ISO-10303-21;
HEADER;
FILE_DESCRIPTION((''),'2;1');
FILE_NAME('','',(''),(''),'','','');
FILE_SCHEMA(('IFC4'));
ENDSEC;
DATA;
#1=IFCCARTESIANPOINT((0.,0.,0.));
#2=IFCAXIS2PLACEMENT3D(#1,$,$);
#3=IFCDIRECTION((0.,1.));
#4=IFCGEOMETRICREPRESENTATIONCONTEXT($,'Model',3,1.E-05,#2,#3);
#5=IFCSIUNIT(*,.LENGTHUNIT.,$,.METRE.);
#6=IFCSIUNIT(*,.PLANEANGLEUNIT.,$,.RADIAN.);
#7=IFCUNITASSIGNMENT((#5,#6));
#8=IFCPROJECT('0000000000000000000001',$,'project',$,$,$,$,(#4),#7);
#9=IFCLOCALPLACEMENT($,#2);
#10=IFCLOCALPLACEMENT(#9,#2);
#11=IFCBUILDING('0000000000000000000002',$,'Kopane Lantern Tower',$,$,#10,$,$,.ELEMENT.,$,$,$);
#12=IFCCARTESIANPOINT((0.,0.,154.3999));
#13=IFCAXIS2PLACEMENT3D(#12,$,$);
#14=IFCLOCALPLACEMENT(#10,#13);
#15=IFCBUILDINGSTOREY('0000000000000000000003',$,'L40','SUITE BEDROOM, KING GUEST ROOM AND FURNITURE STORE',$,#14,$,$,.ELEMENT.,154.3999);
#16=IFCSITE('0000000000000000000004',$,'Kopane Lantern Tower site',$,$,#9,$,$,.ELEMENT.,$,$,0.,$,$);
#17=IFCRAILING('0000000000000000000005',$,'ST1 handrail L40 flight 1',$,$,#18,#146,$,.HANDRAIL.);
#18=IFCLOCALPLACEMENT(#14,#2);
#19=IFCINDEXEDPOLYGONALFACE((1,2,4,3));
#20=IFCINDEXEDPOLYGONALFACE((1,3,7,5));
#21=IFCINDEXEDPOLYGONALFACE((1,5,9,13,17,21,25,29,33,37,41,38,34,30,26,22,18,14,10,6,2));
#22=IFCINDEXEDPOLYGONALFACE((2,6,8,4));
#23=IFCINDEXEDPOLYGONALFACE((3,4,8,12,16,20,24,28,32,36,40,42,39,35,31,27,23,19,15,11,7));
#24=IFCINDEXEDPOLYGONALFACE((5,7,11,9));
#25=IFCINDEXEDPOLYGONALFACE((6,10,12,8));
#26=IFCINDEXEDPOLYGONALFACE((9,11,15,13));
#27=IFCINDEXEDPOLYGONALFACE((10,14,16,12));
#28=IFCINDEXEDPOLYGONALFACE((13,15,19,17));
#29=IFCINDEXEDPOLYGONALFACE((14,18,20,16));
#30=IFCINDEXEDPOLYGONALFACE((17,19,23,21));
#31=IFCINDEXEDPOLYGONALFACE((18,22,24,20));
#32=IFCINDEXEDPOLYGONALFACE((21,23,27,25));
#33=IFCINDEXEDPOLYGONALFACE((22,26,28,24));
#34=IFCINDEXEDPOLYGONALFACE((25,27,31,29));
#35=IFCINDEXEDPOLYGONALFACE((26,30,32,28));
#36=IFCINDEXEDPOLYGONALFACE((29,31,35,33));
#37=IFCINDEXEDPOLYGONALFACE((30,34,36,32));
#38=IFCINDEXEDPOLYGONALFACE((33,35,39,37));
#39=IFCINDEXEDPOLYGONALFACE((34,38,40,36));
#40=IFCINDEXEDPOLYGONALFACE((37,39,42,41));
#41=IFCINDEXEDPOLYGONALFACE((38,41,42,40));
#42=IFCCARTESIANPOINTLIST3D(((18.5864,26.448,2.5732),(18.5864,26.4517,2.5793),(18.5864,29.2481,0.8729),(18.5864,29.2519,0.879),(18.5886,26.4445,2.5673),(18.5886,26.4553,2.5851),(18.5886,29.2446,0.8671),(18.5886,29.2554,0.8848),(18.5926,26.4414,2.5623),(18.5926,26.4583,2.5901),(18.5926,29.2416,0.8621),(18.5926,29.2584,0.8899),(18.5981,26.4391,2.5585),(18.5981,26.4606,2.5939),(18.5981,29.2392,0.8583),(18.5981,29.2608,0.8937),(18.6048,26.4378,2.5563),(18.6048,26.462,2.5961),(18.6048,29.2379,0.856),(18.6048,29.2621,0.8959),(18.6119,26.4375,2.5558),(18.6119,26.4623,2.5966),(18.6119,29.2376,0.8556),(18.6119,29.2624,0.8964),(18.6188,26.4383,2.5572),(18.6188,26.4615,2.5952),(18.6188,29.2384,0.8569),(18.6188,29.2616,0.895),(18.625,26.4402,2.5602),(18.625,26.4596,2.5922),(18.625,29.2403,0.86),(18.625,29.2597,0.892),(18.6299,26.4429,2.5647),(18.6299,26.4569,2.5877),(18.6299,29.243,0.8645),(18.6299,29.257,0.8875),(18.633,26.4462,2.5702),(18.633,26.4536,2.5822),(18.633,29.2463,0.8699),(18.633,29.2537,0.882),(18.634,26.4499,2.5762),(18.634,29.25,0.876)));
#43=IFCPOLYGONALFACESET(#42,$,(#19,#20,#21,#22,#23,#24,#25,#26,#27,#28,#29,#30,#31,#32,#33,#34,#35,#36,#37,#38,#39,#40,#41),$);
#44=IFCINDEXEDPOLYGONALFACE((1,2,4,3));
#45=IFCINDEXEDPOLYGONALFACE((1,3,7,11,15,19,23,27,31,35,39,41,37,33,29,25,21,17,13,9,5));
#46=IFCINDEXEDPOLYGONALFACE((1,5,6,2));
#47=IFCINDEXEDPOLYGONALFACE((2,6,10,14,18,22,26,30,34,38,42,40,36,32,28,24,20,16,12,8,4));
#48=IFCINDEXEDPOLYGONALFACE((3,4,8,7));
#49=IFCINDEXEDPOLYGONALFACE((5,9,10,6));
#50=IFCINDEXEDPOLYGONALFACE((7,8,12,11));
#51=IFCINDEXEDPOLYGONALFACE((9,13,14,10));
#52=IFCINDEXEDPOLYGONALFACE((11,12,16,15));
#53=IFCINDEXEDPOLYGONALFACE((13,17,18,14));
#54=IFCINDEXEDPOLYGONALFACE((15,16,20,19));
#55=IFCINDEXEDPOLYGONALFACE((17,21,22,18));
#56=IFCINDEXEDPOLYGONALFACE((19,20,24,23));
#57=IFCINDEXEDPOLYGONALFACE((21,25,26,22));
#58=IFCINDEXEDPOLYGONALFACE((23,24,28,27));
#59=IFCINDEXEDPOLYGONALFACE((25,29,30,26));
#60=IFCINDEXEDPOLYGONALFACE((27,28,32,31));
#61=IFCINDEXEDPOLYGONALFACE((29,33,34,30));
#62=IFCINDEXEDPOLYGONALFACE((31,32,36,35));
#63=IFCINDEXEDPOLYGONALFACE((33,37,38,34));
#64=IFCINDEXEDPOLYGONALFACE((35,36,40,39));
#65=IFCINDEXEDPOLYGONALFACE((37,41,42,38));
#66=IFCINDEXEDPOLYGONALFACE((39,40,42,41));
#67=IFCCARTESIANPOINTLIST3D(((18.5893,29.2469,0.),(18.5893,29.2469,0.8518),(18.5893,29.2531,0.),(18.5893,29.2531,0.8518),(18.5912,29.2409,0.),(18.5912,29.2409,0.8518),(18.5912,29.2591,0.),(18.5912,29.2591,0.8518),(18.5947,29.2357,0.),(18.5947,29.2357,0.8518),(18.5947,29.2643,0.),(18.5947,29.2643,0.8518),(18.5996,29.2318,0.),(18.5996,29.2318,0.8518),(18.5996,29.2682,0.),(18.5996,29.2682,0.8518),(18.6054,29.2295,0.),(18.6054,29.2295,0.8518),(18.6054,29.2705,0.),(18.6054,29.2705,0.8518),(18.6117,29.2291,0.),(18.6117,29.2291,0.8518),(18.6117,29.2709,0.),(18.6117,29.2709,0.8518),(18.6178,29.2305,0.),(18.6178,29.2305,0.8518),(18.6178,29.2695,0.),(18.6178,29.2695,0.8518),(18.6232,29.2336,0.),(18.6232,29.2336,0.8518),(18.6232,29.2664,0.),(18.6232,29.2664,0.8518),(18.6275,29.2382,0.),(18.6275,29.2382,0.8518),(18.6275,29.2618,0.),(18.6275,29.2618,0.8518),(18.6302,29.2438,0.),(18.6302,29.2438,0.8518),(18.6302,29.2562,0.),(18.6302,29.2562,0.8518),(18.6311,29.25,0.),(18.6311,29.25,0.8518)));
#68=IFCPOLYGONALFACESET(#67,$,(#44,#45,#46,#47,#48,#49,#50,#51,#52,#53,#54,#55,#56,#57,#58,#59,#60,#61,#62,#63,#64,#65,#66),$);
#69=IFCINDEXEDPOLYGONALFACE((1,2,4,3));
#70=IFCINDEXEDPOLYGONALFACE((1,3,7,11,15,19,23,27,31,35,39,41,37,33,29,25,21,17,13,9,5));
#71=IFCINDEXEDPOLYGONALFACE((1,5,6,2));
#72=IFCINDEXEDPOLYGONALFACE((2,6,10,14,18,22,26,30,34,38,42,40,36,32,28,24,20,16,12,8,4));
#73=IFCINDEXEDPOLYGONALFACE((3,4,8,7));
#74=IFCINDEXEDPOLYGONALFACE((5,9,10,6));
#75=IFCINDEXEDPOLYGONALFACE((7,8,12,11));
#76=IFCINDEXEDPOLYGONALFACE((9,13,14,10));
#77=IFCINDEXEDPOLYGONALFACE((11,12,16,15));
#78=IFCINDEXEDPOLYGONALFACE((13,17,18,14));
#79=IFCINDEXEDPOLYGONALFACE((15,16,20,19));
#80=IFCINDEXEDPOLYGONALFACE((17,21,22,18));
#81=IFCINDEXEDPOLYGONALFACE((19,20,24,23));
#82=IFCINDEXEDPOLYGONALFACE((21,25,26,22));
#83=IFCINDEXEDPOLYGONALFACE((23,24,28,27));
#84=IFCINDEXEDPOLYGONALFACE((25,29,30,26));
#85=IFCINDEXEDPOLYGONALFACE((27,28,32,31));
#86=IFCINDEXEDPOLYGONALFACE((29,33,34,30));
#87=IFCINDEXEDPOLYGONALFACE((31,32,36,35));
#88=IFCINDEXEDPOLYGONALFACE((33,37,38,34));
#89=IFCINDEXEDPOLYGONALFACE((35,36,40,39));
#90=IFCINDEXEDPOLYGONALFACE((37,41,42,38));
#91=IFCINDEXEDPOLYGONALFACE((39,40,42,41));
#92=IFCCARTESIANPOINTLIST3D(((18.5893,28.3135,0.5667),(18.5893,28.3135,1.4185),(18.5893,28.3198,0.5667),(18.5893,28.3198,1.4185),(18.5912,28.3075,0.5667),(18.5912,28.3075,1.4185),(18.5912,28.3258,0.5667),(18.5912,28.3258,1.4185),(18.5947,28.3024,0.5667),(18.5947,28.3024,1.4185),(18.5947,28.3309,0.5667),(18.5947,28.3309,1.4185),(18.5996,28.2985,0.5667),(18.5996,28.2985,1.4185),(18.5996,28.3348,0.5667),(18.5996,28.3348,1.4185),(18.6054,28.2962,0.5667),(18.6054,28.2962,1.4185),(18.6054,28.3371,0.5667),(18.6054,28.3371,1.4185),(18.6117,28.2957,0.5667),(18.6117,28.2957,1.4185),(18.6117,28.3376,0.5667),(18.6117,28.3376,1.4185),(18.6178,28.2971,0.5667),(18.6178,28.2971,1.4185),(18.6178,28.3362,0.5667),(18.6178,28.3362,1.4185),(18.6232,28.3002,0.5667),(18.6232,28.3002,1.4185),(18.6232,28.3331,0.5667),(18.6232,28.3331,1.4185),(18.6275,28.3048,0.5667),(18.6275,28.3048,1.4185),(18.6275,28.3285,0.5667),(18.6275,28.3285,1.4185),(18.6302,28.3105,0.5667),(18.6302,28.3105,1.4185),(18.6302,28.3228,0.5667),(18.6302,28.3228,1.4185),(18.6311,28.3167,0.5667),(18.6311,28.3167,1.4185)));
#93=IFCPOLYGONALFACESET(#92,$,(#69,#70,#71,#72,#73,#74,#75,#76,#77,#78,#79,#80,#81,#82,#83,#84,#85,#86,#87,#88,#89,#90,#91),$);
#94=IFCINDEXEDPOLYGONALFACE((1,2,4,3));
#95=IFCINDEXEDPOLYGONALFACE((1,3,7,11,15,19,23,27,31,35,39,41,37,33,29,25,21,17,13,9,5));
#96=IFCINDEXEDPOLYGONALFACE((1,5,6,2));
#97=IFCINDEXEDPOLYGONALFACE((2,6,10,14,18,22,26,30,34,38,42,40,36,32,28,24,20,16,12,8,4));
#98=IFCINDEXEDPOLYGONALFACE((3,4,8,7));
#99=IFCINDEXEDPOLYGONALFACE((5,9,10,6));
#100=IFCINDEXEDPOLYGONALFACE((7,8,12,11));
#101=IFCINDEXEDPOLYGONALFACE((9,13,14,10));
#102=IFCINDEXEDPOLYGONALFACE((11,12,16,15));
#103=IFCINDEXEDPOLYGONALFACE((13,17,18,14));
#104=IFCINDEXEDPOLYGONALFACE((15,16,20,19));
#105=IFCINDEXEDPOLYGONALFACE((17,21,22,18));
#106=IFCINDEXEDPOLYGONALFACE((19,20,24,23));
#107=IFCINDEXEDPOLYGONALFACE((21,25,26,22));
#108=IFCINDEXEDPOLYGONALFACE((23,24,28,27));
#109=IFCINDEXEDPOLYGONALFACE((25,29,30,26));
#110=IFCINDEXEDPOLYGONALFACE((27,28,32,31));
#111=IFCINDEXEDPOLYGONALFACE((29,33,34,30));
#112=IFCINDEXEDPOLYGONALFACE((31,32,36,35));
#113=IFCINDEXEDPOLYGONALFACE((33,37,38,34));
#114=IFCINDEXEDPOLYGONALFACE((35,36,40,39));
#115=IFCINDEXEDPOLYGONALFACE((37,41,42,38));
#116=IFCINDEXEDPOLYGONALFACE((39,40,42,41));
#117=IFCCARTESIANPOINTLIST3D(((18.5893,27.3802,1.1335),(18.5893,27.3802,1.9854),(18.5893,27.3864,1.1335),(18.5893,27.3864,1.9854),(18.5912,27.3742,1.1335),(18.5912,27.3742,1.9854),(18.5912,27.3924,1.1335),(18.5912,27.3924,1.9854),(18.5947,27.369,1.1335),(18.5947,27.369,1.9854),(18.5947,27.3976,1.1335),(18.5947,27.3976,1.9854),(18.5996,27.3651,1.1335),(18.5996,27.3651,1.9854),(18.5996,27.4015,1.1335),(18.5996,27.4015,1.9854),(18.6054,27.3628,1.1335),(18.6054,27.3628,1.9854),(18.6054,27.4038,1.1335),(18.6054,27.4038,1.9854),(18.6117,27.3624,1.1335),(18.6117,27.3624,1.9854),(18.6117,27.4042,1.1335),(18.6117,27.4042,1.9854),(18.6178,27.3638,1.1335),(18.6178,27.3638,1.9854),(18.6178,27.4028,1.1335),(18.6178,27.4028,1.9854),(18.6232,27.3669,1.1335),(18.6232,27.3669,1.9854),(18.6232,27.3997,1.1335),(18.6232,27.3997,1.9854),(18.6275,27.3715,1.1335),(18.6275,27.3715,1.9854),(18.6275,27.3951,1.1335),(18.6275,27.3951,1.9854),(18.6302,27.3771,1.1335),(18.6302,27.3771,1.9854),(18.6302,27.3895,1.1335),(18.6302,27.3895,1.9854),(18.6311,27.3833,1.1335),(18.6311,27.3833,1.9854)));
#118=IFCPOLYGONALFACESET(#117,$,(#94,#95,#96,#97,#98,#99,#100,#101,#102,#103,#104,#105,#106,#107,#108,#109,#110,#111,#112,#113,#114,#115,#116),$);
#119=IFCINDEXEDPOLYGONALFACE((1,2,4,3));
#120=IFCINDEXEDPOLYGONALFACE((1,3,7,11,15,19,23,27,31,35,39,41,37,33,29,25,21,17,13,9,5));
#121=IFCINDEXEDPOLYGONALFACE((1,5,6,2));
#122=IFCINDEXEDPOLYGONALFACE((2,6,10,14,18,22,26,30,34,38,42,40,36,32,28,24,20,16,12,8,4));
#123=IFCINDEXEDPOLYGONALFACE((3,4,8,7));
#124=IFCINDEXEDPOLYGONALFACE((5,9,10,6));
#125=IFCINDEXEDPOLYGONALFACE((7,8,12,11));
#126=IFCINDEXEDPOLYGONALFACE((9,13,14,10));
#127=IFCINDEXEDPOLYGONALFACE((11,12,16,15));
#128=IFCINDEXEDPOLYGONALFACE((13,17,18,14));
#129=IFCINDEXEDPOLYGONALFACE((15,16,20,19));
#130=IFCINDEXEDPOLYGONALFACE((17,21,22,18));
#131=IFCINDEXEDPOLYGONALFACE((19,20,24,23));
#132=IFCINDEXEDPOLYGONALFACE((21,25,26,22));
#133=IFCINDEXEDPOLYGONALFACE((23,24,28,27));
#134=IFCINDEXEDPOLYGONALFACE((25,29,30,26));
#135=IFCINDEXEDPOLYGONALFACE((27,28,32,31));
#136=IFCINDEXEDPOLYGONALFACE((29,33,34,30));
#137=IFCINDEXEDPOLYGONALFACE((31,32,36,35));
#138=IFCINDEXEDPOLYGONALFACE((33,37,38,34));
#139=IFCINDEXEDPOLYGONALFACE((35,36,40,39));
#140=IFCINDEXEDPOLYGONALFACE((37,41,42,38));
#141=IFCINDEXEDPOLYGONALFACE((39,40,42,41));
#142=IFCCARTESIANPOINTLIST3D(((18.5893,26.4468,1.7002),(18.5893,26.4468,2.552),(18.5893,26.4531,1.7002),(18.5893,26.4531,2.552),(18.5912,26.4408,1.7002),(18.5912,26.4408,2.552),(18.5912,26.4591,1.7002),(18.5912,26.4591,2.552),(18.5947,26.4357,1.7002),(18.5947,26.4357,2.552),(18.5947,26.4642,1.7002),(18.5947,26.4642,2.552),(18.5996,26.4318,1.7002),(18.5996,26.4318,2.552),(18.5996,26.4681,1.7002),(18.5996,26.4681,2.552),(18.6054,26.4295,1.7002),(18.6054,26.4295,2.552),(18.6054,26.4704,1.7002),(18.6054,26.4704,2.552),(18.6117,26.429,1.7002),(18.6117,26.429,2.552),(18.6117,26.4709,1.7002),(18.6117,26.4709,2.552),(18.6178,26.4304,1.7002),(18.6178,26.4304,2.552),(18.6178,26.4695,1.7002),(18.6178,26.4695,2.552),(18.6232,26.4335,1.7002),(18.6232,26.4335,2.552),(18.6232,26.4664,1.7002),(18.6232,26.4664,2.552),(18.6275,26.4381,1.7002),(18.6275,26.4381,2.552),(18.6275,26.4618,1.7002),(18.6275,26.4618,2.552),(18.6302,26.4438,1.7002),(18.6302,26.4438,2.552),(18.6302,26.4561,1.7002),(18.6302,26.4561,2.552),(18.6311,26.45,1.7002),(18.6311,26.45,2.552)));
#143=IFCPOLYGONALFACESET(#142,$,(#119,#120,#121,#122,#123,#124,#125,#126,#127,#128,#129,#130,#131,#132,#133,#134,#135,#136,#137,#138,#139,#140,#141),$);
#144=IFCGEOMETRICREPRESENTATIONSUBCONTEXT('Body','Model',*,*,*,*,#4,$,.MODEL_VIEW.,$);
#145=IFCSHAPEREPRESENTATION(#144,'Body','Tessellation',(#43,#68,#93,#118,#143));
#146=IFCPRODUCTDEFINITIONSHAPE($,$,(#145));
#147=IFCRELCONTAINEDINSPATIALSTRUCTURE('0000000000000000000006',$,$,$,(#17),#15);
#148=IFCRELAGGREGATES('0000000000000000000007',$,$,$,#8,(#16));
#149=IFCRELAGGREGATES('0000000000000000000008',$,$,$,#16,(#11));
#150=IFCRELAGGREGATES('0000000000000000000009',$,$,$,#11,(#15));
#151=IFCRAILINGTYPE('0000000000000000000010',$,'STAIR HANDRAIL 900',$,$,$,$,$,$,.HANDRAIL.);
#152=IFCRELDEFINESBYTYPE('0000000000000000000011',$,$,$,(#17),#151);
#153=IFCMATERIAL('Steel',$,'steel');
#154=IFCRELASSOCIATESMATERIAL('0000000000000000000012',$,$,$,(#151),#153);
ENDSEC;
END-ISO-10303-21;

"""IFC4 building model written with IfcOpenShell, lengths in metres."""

from ifc_helpers import new_model, si_unit, direction, frame, origin, origin_2d, place, context, subcontext, project, spatial, circle, extrude, material, type_object, element, save


model = new_model("IFC4")

# Units and contexts
model_context = context("Model", 3, precision=1e-05, world=origin(), true_north=direction((0.0, 1.0)))
body_context = subcontext(model_context, "Body", "Model", "MODEL_VIEW")
ifc_project = project(units=[si_unit("LENGTHUNIT", "METRE"), si_unit("PLANEANGLEUNIT", "RADIAN")], contexts=[model_context])

# Site, building, storey
site_placement = place(None, origin())
site = spatial("IfcSite", under=ifc_project, at=site_placement, Name="Kopane Lantern Tower site", CompositionType="ELEMENT", RefElevation=0.0)
building_placement = place(site_placement, origin())
building = spatial("IfcBuilding", under=site, at=building_placement, Name="Kopane Lantern Tower", CompositionType="ELEMENT")
storey_placement = place(building_placement, frame((0.0, 0.0, 154.3999)))
storey = spatial("IfcBuildingStorey", under=building, at=storey_placement, Name="L40", Description="SUITE BEDROOM, KING GUEST ROOM AND FURNITURE STORE", CompositionType="ELEMENT", Elevation=154.3999)

# Railing
ifc_material_1 = material(Name="Steel", Category="steel")
railing_type_1 = type_object("IfcRailingType", Name="STAIR HANDRAIL 900", PredefinedType="HANDRAIL", material=ifc_material_1)
railing_1_placement = place(storey_placement, frame((18.6101, 29.25, 0.0)))
element("IfcRailing", 1, at=railing_1_placement, inside=storey, type_object=railing_type_1, Name="ST1 handrail L40 flight 1", PredefinedType="HANDRAIL", context=body_context, shape_type="SweptSolid", body=[
    extrude(circle(Radius=0.0239, at=origin_2d()), frame((0.0, 0.0, 0.876), z_axis=(0.0, -0.854765, 0.519015), x_axis=(1.0, 0.0, 0.0)), (0.0, 0.0, 1.0), 3.2759),
    extrude(circle(Radius=0.021, at=origin_2d()), origin(), (0.0, 0.0, 1.0), 0.8518),
    extrude(circle(Radius=0.021, at=origin_2d()), frame((0.0, -0.9333, 0.5667)), (0.0, 0.0, 1.0), 0.8518),
    extrude(circle(Radius=0.021, at=origin_2d()), frame((0.0, -1.8667, 1.1335)), (0.0, 0.0, 1.0), 0.8518),
    extrude(circle(Radius=0.021, at=origin_2d()), frame((0.0, -2.8, 1.7002)), (0.0, 0.0, 1.0), 0.8518),
])

save(model, "model.ifc")
